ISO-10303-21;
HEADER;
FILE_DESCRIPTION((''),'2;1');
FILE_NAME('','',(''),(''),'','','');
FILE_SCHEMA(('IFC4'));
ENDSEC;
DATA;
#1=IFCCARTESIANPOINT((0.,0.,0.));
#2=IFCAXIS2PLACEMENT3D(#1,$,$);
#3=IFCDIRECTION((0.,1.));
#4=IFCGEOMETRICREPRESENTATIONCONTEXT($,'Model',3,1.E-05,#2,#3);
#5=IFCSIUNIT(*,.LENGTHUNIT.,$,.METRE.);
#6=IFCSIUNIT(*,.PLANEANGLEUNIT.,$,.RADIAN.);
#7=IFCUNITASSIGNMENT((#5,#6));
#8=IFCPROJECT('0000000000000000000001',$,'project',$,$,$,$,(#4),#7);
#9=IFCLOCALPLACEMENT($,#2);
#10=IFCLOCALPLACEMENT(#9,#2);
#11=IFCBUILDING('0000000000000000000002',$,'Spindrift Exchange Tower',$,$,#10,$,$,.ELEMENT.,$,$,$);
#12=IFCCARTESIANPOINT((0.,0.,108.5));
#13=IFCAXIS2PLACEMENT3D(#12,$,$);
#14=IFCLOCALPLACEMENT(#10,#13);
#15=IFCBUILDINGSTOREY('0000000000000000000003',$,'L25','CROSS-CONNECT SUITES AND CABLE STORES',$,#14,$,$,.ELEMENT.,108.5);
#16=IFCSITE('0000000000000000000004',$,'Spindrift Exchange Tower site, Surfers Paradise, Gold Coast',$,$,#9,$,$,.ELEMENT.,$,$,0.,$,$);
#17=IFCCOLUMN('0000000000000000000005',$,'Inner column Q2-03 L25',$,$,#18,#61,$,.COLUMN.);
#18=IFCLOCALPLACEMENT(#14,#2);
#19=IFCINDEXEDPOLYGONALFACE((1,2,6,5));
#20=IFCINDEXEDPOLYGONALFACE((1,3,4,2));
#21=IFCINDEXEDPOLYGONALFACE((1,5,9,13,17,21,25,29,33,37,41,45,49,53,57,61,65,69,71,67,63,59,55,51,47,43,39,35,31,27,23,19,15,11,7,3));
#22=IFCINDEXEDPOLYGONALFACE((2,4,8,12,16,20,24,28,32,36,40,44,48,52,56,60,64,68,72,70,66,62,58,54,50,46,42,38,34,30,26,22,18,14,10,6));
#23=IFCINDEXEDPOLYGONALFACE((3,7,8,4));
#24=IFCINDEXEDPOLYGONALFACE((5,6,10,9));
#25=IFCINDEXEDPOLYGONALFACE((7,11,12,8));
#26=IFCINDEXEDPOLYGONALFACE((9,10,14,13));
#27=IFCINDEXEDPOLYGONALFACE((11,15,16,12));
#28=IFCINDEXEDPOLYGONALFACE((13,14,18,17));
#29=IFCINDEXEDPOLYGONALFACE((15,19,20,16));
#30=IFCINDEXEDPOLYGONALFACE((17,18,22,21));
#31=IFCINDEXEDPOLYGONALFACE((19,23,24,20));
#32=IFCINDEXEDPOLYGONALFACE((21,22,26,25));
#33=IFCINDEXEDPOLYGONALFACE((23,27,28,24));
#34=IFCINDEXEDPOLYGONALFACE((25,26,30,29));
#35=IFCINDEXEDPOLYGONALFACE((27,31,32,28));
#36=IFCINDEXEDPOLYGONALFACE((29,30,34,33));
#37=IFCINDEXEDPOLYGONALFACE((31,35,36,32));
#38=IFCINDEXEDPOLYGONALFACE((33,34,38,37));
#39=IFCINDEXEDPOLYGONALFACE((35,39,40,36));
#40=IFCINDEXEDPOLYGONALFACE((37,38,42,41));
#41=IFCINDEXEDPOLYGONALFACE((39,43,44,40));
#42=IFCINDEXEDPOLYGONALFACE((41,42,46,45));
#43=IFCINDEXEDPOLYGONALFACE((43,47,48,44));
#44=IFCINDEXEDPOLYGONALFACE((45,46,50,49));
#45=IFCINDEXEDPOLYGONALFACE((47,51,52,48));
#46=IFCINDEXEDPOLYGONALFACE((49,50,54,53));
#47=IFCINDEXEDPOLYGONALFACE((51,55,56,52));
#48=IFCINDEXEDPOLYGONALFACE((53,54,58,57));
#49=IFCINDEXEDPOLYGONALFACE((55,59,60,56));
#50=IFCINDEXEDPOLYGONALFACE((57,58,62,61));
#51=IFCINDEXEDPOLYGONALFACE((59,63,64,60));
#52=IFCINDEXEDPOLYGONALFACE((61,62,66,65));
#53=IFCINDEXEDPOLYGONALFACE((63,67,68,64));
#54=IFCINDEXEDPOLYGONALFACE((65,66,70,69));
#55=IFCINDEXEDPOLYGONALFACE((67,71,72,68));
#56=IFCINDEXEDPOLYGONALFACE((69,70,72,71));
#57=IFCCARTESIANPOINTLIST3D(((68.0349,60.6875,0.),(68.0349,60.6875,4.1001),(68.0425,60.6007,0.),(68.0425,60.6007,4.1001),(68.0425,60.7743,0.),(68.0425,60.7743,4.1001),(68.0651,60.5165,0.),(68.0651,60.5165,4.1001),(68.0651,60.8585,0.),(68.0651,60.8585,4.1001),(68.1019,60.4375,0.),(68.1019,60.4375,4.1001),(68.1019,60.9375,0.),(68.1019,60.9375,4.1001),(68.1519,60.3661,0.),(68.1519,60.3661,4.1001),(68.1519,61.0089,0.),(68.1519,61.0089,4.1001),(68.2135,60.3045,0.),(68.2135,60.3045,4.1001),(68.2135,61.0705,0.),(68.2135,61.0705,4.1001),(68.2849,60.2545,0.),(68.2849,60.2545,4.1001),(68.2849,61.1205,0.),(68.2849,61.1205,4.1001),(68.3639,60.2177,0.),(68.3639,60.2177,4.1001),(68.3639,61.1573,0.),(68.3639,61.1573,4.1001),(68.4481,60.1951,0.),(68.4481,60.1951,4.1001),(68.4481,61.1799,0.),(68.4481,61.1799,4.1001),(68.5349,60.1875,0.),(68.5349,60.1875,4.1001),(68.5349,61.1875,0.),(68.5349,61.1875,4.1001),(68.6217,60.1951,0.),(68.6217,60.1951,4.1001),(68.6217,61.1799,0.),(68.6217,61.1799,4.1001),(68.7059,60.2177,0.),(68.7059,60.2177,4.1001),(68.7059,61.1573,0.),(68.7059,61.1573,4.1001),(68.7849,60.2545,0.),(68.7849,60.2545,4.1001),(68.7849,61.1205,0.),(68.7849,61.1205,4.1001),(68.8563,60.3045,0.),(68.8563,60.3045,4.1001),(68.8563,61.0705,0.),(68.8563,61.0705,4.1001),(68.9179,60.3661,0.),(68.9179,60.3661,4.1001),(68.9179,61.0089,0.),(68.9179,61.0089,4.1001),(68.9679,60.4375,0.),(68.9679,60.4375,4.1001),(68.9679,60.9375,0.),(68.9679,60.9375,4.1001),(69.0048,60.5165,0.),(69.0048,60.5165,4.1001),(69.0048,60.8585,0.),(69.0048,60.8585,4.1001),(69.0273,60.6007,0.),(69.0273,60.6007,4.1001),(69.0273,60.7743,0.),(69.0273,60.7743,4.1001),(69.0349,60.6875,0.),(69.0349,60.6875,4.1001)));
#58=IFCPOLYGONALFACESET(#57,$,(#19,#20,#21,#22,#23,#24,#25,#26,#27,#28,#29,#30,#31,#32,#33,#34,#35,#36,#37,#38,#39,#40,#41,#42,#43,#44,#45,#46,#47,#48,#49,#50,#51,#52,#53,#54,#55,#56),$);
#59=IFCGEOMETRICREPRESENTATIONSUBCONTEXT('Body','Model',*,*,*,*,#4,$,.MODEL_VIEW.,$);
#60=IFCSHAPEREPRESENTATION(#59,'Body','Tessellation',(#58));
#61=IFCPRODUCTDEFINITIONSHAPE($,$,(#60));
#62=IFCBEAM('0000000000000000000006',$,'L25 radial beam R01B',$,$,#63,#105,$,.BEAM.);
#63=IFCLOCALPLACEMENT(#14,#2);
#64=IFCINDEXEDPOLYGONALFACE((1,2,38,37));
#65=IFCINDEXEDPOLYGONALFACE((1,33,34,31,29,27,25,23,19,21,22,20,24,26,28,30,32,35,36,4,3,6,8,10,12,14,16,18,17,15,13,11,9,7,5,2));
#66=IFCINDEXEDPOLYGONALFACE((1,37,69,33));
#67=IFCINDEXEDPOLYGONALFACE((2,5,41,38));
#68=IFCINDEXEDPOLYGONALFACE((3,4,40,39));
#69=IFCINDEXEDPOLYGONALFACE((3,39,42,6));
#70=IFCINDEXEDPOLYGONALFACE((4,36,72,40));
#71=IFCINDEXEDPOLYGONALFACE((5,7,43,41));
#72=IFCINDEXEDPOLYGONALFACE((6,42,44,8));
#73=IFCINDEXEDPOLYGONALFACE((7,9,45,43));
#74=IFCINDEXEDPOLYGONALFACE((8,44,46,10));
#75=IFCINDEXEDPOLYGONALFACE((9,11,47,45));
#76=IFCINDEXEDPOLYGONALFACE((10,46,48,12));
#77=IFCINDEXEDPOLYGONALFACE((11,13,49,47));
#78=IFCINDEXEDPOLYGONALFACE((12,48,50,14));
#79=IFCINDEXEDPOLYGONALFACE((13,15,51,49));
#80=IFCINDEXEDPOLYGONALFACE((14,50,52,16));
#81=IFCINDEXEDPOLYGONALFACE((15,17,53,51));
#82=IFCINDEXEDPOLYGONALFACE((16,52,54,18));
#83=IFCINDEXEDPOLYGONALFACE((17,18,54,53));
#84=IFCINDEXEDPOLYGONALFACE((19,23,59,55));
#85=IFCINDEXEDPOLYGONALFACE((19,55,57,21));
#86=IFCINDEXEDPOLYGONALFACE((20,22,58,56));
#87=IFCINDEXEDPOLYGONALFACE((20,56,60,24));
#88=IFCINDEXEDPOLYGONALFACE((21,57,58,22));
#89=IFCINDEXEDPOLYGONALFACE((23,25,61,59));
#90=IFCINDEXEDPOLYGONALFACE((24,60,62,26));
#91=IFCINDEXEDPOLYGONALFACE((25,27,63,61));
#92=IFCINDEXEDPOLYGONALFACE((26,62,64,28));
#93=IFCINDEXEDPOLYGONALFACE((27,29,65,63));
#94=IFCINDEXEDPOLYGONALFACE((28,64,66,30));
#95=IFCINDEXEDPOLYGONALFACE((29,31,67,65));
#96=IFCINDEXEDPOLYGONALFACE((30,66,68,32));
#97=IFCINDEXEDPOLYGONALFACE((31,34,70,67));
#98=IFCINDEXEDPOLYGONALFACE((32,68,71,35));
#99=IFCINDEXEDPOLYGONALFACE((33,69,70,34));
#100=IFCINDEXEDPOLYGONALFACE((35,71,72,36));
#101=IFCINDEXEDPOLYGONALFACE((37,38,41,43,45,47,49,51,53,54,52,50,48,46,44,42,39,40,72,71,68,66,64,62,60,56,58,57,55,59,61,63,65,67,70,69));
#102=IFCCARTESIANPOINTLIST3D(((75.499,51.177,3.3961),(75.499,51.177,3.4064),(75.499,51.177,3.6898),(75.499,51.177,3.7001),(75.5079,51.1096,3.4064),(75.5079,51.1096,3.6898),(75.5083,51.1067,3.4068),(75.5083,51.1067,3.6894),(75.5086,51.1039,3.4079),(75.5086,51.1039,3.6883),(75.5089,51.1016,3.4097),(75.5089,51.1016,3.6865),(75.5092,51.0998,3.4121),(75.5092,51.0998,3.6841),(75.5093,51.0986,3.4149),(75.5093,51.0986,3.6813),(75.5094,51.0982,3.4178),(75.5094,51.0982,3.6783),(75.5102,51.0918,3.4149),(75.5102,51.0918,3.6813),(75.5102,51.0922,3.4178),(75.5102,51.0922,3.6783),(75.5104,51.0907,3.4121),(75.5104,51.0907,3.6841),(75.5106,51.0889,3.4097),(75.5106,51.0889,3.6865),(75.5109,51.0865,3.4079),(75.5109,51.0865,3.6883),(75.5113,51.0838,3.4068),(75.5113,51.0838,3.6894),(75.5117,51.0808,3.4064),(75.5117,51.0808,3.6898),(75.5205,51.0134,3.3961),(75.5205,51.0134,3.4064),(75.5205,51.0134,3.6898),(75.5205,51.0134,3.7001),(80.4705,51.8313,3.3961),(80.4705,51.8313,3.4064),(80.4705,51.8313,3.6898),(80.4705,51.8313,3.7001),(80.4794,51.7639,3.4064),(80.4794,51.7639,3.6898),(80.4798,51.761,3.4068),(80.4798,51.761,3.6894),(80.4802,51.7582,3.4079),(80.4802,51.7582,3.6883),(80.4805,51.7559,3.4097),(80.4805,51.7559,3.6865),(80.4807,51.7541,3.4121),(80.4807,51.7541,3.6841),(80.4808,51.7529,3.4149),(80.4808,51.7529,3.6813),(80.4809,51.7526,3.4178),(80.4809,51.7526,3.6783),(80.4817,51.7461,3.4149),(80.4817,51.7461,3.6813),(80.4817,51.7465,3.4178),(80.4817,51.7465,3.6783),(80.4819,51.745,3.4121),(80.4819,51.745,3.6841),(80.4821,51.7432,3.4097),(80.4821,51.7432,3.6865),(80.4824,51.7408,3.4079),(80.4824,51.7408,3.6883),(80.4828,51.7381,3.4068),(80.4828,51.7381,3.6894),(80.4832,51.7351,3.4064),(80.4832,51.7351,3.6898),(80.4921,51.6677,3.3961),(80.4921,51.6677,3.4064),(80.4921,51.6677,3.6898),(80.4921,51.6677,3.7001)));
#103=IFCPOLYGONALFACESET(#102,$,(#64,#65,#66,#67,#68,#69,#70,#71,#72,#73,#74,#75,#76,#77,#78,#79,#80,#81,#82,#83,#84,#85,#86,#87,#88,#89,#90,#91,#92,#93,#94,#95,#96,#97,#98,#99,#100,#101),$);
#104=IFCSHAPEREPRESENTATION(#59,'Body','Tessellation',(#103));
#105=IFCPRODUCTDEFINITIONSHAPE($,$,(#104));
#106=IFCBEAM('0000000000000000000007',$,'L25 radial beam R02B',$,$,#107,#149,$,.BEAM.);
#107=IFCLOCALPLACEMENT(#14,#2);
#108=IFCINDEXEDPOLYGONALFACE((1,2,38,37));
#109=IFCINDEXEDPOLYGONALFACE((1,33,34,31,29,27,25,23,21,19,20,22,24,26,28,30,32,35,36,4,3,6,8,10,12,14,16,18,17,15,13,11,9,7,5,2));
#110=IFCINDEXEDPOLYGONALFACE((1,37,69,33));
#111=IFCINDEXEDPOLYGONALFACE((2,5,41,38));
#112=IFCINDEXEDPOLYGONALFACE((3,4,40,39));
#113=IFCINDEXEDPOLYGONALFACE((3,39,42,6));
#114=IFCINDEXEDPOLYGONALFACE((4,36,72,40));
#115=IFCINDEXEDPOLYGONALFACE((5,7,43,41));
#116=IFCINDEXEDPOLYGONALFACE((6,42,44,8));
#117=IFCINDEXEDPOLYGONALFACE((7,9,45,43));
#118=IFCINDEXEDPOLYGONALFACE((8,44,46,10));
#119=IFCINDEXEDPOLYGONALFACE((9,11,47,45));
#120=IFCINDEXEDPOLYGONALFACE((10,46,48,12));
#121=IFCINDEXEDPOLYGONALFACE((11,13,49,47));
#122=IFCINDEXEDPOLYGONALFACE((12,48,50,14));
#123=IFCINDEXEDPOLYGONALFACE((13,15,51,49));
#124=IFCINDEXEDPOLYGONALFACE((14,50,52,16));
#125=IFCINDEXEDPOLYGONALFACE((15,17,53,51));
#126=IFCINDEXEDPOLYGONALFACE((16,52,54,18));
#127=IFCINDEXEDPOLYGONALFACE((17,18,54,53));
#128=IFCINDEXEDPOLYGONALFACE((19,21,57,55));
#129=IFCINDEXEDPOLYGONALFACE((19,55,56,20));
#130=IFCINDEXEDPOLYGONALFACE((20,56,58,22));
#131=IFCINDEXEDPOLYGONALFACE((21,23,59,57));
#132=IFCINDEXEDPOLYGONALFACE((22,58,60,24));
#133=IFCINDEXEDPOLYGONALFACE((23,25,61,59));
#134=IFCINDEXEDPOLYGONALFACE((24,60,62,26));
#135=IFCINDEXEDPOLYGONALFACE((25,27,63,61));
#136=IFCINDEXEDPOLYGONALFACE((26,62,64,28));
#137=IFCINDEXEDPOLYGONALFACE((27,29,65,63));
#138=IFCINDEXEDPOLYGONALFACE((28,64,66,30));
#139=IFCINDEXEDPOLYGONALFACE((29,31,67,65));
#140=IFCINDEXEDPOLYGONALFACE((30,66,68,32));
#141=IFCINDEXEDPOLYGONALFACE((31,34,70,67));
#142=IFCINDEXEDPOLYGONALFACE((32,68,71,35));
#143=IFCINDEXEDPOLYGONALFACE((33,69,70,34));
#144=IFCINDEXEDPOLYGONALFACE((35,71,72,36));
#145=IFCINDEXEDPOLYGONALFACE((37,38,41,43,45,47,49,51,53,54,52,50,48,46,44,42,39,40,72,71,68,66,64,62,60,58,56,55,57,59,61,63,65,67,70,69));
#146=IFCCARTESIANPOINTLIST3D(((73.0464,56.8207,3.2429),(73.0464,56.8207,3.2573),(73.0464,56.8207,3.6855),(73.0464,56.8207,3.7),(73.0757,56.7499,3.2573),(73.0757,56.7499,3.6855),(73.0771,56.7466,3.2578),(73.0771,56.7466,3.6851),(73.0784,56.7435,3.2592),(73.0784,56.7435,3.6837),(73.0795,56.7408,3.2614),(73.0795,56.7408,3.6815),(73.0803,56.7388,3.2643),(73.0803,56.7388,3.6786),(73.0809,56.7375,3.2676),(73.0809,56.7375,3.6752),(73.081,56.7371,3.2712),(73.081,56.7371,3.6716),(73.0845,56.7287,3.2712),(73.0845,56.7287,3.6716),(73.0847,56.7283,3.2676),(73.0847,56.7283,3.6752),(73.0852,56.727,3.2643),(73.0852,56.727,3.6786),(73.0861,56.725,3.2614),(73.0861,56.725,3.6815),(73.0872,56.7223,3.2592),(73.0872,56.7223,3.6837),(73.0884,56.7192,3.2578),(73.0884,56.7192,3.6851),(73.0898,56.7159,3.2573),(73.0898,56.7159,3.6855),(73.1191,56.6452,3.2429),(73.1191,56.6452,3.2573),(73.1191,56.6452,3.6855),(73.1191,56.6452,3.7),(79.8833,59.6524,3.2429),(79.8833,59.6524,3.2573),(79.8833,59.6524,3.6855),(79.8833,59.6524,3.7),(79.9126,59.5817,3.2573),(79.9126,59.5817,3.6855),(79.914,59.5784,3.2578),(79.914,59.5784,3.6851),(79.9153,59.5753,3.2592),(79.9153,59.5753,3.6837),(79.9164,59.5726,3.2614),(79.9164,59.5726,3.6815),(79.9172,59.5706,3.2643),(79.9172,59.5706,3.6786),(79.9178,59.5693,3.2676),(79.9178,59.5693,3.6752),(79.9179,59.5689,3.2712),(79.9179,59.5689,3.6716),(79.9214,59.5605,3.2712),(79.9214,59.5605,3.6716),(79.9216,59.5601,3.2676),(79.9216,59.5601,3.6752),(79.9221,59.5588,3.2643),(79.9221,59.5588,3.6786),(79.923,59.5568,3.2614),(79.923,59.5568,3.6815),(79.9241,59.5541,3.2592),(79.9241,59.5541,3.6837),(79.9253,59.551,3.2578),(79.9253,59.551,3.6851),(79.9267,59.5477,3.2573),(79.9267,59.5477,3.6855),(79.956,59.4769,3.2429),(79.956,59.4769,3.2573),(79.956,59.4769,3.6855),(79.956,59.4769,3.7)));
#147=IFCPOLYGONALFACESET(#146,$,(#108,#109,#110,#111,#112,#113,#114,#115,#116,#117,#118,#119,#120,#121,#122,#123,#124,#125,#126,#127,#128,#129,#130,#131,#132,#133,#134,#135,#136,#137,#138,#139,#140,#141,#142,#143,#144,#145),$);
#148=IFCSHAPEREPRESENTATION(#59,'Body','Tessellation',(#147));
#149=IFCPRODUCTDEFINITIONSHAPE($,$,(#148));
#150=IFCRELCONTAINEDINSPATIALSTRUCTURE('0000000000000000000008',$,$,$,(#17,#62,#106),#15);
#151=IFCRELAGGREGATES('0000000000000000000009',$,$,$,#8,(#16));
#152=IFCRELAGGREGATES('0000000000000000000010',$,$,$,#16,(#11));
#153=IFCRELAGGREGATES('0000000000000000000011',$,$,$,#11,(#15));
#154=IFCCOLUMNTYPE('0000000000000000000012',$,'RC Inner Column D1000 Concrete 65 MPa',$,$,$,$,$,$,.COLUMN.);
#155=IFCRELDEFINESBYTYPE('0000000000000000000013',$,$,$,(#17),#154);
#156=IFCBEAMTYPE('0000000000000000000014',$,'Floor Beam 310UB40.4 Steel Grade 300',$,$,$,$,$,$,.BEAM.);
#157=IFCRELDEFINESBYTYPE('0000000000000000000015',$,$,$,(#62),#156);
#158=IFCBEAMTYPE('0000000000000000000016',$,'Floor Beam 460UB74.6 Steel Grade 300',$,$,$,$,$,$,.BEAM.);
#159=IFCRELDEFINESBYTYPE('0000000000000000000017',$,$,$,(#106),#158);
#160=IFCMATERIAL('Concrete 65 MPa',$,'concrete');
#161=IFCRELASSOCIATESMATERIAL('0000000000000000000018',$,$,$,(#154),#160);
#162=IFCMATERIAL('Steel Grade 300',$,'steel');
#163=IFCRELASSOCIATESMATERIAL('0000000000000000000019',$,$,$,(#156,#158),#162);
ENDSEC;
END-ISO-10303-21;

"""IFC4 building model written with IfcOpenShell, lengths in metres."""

from ifc_helpers import new_model, si_unit, direction, frame, origin, origin_2d, place, context, subcontext, project, spatial, circle, i_section, extrude, source, transform, mapped, material, material_profile, profile_set, type_object, element, save


model = new_model("IFC4")

# Units and contexts
model_context = context("Model", 3, precision=1e-05, world=origin(), true_north=direction((0.0, 1.0)))
body_context = subcontext(model_context, "Body", "Model", "MODEL_VIEW")
ifc_project = project(units=[si_unit("LENGTHUNIT", "METRE"), si_unit("PLANEANGLEUNIT", "RADIAN")], contexts=[model_context])

# Site, building, storey
site_placement = place(None, origin())
site = spatial("IfcSite", under=ifc_project, at=site_placement, Name="Spindrift Exchange Tower site, Surfers Paradise, Gold Coast", CompositionType="ELEMENT", RefElevation=0.0)
building_placement = place(site_placement, origin())
building = spatial("IfcBuilding", under=site, at=building_placement, Name="Spindrift Exchange Tower", CompositionType="ELEMENT")
storey_placement = place(building_placement, frame((0.0, 0.0, 108.5)))
storey = spatial("IfcBuildingStorey", under=building, at=storey_placement, Name="L25", Description="CROSS-CONNECT SUITES AND CABLE STORES", CompositionType="ELEMENT", Elevation=108.5)

# Column
ifc_material_1 = material(Name="Concrete 65 MPa", Category="concrete")
ifc_material_profile_1 = material_profile(ifc_material_1, circle(Radius=0.5, at=origin_2d()), Name="RC D1000")
ifc_profile_set_1 = profile_set([ifc_material_profile_1], Name="Concrete 65 MPa")
column_type_1 = type_object("IfcColumnType", Name="RC Inner Column D1000 Concrete 65 MPa", PredefinedType="COLUMN", material=ifc_profile_set_1)
shared_shape_1 = source(origin(), body_context, "Body", "SweptSolid", [
    extrude(circle(Radius=0.5, at=origin_2d()), origin(), (0.0, 0.0, 1.0), 4.1001),
])
for number, where, z_axis, x_axis, name in (
    (1, (68.5349, 60.6875, 0.0), (0.0, 0.0, 1.0), (1.0, 0.0, 0.0), "Inner column Q2-03 L25"),
):
    element("IfcColumn", number, at=place(storey_placement, frame(where, z_axis=z_axis, x_axis=x_axis)), inside=storey, type_object=column_type_1, Name=name, PredefinedType="COLUMN", context=body_context, shape_type="MappedRepresentation", body=[
        mapped(shared_shape_1, transform((0.0, 0.0, 0.0), scale=1.0)),
    ])

# Beams
ifc_material_2 = material(Name="Steel Grade 300", Category="steel")
ifc_material_profile_2 = material_profile(ifc_material_2, i_section(OverallWidth=0.165, OverallDepth=0.304, WebThickness=0.0061, FlangeThickness=0.0103, FilletRadius=0.0115, at=origin_2d()), Name="310UB40.4")
ifc_profile_set_2 = profile_set([ifc_material_profile_2], Name="Steel Grade 300")
beam_type_1 = type_object("IfcBeamType", Name="Floor Beam 310UB40.4 Steel Grade 300", PredefinedType="BEAM", material=ifc_profile_set_2)
shared_shape_2 = source(origin(), body_context, "Body", "SweptSolid", [
    extrude(i_section(OverallWidth=0.165, OverallDepth=0.304, WebThickness=0.0061, FlangeThickness=0.0103, FilletRadius=0.0115, at=origin_2d()), origin(), (0.0, 0.0, 1.0), 5.0144),
])
beam_1_placement = place(storey_placement, frame((75.5098, 51.0952, 3.5481), z_axis=(0.99145, 0.130486, 0.0), x_axis=(-0.130486, 0.99145, 0.0)))
element("IfcBeam", 2, at=beam_1_placement, inside=storey, type_object=beam_type_1, Name="L25 radial beam R01B", PredefinedType="BEAM", context=body_context, shape_type="MappedRepresentation", body=[
    mapped(shared_shape_2, transform((0.0, 0.0, 0.0), scale=1.0)),
])
ifc_material_profile_3 = material_profile(ifc_material_2, i_section(OverallWidth=0.1899, OverallDepth=0.457, WebThickness=0.009, FlangeThickness=0.0144, FilletRadius=0.0139, at=origin_2d()), Name="460UB74.6")
ifc_profile_set_3 = profile_set([ifc_material_profile_3], Name="Steel Grade 300")
beam_type_2 = type_object("IfcBeamType", Name="Floor Beam 460UB74.6 Steel Grade 300", PredefinedType="BEAM", material=ifc_profile_set_3)
shared_shape_3 = source(origin(), body_context, "Body", "SweptSolid", [
    extrude(i_section(OverallWidth=0.1899, OverallDepth=0.457, WebThickness=0.009, FlangeThickness=0.0144, FilletRadius=0.0139, at=origin_2d()), origin(), (0.0, 0.0, 1.0), 7.4001),
])
beam_2_placement = place(storey_placement, frame((73.0828, 56.7329, 3.4714), z_axis=(0.923887, 0.382666, 0.0), x_axis=(-0.382666, 0.923887, 0.0)))
element("IfcBeam", 3, at=beam_2_placement, inside=storey, type_object=beam_type_2, Name="L25 radial beam R02B", PredefinedType="BEAM", context=body_context, shape_type="MappedRepresentation", body=[
    mapped(shared_shape_3, transform((0.0, 0.0, 0.0), scale=1.0)),
])

save(model, "model.ifc")
